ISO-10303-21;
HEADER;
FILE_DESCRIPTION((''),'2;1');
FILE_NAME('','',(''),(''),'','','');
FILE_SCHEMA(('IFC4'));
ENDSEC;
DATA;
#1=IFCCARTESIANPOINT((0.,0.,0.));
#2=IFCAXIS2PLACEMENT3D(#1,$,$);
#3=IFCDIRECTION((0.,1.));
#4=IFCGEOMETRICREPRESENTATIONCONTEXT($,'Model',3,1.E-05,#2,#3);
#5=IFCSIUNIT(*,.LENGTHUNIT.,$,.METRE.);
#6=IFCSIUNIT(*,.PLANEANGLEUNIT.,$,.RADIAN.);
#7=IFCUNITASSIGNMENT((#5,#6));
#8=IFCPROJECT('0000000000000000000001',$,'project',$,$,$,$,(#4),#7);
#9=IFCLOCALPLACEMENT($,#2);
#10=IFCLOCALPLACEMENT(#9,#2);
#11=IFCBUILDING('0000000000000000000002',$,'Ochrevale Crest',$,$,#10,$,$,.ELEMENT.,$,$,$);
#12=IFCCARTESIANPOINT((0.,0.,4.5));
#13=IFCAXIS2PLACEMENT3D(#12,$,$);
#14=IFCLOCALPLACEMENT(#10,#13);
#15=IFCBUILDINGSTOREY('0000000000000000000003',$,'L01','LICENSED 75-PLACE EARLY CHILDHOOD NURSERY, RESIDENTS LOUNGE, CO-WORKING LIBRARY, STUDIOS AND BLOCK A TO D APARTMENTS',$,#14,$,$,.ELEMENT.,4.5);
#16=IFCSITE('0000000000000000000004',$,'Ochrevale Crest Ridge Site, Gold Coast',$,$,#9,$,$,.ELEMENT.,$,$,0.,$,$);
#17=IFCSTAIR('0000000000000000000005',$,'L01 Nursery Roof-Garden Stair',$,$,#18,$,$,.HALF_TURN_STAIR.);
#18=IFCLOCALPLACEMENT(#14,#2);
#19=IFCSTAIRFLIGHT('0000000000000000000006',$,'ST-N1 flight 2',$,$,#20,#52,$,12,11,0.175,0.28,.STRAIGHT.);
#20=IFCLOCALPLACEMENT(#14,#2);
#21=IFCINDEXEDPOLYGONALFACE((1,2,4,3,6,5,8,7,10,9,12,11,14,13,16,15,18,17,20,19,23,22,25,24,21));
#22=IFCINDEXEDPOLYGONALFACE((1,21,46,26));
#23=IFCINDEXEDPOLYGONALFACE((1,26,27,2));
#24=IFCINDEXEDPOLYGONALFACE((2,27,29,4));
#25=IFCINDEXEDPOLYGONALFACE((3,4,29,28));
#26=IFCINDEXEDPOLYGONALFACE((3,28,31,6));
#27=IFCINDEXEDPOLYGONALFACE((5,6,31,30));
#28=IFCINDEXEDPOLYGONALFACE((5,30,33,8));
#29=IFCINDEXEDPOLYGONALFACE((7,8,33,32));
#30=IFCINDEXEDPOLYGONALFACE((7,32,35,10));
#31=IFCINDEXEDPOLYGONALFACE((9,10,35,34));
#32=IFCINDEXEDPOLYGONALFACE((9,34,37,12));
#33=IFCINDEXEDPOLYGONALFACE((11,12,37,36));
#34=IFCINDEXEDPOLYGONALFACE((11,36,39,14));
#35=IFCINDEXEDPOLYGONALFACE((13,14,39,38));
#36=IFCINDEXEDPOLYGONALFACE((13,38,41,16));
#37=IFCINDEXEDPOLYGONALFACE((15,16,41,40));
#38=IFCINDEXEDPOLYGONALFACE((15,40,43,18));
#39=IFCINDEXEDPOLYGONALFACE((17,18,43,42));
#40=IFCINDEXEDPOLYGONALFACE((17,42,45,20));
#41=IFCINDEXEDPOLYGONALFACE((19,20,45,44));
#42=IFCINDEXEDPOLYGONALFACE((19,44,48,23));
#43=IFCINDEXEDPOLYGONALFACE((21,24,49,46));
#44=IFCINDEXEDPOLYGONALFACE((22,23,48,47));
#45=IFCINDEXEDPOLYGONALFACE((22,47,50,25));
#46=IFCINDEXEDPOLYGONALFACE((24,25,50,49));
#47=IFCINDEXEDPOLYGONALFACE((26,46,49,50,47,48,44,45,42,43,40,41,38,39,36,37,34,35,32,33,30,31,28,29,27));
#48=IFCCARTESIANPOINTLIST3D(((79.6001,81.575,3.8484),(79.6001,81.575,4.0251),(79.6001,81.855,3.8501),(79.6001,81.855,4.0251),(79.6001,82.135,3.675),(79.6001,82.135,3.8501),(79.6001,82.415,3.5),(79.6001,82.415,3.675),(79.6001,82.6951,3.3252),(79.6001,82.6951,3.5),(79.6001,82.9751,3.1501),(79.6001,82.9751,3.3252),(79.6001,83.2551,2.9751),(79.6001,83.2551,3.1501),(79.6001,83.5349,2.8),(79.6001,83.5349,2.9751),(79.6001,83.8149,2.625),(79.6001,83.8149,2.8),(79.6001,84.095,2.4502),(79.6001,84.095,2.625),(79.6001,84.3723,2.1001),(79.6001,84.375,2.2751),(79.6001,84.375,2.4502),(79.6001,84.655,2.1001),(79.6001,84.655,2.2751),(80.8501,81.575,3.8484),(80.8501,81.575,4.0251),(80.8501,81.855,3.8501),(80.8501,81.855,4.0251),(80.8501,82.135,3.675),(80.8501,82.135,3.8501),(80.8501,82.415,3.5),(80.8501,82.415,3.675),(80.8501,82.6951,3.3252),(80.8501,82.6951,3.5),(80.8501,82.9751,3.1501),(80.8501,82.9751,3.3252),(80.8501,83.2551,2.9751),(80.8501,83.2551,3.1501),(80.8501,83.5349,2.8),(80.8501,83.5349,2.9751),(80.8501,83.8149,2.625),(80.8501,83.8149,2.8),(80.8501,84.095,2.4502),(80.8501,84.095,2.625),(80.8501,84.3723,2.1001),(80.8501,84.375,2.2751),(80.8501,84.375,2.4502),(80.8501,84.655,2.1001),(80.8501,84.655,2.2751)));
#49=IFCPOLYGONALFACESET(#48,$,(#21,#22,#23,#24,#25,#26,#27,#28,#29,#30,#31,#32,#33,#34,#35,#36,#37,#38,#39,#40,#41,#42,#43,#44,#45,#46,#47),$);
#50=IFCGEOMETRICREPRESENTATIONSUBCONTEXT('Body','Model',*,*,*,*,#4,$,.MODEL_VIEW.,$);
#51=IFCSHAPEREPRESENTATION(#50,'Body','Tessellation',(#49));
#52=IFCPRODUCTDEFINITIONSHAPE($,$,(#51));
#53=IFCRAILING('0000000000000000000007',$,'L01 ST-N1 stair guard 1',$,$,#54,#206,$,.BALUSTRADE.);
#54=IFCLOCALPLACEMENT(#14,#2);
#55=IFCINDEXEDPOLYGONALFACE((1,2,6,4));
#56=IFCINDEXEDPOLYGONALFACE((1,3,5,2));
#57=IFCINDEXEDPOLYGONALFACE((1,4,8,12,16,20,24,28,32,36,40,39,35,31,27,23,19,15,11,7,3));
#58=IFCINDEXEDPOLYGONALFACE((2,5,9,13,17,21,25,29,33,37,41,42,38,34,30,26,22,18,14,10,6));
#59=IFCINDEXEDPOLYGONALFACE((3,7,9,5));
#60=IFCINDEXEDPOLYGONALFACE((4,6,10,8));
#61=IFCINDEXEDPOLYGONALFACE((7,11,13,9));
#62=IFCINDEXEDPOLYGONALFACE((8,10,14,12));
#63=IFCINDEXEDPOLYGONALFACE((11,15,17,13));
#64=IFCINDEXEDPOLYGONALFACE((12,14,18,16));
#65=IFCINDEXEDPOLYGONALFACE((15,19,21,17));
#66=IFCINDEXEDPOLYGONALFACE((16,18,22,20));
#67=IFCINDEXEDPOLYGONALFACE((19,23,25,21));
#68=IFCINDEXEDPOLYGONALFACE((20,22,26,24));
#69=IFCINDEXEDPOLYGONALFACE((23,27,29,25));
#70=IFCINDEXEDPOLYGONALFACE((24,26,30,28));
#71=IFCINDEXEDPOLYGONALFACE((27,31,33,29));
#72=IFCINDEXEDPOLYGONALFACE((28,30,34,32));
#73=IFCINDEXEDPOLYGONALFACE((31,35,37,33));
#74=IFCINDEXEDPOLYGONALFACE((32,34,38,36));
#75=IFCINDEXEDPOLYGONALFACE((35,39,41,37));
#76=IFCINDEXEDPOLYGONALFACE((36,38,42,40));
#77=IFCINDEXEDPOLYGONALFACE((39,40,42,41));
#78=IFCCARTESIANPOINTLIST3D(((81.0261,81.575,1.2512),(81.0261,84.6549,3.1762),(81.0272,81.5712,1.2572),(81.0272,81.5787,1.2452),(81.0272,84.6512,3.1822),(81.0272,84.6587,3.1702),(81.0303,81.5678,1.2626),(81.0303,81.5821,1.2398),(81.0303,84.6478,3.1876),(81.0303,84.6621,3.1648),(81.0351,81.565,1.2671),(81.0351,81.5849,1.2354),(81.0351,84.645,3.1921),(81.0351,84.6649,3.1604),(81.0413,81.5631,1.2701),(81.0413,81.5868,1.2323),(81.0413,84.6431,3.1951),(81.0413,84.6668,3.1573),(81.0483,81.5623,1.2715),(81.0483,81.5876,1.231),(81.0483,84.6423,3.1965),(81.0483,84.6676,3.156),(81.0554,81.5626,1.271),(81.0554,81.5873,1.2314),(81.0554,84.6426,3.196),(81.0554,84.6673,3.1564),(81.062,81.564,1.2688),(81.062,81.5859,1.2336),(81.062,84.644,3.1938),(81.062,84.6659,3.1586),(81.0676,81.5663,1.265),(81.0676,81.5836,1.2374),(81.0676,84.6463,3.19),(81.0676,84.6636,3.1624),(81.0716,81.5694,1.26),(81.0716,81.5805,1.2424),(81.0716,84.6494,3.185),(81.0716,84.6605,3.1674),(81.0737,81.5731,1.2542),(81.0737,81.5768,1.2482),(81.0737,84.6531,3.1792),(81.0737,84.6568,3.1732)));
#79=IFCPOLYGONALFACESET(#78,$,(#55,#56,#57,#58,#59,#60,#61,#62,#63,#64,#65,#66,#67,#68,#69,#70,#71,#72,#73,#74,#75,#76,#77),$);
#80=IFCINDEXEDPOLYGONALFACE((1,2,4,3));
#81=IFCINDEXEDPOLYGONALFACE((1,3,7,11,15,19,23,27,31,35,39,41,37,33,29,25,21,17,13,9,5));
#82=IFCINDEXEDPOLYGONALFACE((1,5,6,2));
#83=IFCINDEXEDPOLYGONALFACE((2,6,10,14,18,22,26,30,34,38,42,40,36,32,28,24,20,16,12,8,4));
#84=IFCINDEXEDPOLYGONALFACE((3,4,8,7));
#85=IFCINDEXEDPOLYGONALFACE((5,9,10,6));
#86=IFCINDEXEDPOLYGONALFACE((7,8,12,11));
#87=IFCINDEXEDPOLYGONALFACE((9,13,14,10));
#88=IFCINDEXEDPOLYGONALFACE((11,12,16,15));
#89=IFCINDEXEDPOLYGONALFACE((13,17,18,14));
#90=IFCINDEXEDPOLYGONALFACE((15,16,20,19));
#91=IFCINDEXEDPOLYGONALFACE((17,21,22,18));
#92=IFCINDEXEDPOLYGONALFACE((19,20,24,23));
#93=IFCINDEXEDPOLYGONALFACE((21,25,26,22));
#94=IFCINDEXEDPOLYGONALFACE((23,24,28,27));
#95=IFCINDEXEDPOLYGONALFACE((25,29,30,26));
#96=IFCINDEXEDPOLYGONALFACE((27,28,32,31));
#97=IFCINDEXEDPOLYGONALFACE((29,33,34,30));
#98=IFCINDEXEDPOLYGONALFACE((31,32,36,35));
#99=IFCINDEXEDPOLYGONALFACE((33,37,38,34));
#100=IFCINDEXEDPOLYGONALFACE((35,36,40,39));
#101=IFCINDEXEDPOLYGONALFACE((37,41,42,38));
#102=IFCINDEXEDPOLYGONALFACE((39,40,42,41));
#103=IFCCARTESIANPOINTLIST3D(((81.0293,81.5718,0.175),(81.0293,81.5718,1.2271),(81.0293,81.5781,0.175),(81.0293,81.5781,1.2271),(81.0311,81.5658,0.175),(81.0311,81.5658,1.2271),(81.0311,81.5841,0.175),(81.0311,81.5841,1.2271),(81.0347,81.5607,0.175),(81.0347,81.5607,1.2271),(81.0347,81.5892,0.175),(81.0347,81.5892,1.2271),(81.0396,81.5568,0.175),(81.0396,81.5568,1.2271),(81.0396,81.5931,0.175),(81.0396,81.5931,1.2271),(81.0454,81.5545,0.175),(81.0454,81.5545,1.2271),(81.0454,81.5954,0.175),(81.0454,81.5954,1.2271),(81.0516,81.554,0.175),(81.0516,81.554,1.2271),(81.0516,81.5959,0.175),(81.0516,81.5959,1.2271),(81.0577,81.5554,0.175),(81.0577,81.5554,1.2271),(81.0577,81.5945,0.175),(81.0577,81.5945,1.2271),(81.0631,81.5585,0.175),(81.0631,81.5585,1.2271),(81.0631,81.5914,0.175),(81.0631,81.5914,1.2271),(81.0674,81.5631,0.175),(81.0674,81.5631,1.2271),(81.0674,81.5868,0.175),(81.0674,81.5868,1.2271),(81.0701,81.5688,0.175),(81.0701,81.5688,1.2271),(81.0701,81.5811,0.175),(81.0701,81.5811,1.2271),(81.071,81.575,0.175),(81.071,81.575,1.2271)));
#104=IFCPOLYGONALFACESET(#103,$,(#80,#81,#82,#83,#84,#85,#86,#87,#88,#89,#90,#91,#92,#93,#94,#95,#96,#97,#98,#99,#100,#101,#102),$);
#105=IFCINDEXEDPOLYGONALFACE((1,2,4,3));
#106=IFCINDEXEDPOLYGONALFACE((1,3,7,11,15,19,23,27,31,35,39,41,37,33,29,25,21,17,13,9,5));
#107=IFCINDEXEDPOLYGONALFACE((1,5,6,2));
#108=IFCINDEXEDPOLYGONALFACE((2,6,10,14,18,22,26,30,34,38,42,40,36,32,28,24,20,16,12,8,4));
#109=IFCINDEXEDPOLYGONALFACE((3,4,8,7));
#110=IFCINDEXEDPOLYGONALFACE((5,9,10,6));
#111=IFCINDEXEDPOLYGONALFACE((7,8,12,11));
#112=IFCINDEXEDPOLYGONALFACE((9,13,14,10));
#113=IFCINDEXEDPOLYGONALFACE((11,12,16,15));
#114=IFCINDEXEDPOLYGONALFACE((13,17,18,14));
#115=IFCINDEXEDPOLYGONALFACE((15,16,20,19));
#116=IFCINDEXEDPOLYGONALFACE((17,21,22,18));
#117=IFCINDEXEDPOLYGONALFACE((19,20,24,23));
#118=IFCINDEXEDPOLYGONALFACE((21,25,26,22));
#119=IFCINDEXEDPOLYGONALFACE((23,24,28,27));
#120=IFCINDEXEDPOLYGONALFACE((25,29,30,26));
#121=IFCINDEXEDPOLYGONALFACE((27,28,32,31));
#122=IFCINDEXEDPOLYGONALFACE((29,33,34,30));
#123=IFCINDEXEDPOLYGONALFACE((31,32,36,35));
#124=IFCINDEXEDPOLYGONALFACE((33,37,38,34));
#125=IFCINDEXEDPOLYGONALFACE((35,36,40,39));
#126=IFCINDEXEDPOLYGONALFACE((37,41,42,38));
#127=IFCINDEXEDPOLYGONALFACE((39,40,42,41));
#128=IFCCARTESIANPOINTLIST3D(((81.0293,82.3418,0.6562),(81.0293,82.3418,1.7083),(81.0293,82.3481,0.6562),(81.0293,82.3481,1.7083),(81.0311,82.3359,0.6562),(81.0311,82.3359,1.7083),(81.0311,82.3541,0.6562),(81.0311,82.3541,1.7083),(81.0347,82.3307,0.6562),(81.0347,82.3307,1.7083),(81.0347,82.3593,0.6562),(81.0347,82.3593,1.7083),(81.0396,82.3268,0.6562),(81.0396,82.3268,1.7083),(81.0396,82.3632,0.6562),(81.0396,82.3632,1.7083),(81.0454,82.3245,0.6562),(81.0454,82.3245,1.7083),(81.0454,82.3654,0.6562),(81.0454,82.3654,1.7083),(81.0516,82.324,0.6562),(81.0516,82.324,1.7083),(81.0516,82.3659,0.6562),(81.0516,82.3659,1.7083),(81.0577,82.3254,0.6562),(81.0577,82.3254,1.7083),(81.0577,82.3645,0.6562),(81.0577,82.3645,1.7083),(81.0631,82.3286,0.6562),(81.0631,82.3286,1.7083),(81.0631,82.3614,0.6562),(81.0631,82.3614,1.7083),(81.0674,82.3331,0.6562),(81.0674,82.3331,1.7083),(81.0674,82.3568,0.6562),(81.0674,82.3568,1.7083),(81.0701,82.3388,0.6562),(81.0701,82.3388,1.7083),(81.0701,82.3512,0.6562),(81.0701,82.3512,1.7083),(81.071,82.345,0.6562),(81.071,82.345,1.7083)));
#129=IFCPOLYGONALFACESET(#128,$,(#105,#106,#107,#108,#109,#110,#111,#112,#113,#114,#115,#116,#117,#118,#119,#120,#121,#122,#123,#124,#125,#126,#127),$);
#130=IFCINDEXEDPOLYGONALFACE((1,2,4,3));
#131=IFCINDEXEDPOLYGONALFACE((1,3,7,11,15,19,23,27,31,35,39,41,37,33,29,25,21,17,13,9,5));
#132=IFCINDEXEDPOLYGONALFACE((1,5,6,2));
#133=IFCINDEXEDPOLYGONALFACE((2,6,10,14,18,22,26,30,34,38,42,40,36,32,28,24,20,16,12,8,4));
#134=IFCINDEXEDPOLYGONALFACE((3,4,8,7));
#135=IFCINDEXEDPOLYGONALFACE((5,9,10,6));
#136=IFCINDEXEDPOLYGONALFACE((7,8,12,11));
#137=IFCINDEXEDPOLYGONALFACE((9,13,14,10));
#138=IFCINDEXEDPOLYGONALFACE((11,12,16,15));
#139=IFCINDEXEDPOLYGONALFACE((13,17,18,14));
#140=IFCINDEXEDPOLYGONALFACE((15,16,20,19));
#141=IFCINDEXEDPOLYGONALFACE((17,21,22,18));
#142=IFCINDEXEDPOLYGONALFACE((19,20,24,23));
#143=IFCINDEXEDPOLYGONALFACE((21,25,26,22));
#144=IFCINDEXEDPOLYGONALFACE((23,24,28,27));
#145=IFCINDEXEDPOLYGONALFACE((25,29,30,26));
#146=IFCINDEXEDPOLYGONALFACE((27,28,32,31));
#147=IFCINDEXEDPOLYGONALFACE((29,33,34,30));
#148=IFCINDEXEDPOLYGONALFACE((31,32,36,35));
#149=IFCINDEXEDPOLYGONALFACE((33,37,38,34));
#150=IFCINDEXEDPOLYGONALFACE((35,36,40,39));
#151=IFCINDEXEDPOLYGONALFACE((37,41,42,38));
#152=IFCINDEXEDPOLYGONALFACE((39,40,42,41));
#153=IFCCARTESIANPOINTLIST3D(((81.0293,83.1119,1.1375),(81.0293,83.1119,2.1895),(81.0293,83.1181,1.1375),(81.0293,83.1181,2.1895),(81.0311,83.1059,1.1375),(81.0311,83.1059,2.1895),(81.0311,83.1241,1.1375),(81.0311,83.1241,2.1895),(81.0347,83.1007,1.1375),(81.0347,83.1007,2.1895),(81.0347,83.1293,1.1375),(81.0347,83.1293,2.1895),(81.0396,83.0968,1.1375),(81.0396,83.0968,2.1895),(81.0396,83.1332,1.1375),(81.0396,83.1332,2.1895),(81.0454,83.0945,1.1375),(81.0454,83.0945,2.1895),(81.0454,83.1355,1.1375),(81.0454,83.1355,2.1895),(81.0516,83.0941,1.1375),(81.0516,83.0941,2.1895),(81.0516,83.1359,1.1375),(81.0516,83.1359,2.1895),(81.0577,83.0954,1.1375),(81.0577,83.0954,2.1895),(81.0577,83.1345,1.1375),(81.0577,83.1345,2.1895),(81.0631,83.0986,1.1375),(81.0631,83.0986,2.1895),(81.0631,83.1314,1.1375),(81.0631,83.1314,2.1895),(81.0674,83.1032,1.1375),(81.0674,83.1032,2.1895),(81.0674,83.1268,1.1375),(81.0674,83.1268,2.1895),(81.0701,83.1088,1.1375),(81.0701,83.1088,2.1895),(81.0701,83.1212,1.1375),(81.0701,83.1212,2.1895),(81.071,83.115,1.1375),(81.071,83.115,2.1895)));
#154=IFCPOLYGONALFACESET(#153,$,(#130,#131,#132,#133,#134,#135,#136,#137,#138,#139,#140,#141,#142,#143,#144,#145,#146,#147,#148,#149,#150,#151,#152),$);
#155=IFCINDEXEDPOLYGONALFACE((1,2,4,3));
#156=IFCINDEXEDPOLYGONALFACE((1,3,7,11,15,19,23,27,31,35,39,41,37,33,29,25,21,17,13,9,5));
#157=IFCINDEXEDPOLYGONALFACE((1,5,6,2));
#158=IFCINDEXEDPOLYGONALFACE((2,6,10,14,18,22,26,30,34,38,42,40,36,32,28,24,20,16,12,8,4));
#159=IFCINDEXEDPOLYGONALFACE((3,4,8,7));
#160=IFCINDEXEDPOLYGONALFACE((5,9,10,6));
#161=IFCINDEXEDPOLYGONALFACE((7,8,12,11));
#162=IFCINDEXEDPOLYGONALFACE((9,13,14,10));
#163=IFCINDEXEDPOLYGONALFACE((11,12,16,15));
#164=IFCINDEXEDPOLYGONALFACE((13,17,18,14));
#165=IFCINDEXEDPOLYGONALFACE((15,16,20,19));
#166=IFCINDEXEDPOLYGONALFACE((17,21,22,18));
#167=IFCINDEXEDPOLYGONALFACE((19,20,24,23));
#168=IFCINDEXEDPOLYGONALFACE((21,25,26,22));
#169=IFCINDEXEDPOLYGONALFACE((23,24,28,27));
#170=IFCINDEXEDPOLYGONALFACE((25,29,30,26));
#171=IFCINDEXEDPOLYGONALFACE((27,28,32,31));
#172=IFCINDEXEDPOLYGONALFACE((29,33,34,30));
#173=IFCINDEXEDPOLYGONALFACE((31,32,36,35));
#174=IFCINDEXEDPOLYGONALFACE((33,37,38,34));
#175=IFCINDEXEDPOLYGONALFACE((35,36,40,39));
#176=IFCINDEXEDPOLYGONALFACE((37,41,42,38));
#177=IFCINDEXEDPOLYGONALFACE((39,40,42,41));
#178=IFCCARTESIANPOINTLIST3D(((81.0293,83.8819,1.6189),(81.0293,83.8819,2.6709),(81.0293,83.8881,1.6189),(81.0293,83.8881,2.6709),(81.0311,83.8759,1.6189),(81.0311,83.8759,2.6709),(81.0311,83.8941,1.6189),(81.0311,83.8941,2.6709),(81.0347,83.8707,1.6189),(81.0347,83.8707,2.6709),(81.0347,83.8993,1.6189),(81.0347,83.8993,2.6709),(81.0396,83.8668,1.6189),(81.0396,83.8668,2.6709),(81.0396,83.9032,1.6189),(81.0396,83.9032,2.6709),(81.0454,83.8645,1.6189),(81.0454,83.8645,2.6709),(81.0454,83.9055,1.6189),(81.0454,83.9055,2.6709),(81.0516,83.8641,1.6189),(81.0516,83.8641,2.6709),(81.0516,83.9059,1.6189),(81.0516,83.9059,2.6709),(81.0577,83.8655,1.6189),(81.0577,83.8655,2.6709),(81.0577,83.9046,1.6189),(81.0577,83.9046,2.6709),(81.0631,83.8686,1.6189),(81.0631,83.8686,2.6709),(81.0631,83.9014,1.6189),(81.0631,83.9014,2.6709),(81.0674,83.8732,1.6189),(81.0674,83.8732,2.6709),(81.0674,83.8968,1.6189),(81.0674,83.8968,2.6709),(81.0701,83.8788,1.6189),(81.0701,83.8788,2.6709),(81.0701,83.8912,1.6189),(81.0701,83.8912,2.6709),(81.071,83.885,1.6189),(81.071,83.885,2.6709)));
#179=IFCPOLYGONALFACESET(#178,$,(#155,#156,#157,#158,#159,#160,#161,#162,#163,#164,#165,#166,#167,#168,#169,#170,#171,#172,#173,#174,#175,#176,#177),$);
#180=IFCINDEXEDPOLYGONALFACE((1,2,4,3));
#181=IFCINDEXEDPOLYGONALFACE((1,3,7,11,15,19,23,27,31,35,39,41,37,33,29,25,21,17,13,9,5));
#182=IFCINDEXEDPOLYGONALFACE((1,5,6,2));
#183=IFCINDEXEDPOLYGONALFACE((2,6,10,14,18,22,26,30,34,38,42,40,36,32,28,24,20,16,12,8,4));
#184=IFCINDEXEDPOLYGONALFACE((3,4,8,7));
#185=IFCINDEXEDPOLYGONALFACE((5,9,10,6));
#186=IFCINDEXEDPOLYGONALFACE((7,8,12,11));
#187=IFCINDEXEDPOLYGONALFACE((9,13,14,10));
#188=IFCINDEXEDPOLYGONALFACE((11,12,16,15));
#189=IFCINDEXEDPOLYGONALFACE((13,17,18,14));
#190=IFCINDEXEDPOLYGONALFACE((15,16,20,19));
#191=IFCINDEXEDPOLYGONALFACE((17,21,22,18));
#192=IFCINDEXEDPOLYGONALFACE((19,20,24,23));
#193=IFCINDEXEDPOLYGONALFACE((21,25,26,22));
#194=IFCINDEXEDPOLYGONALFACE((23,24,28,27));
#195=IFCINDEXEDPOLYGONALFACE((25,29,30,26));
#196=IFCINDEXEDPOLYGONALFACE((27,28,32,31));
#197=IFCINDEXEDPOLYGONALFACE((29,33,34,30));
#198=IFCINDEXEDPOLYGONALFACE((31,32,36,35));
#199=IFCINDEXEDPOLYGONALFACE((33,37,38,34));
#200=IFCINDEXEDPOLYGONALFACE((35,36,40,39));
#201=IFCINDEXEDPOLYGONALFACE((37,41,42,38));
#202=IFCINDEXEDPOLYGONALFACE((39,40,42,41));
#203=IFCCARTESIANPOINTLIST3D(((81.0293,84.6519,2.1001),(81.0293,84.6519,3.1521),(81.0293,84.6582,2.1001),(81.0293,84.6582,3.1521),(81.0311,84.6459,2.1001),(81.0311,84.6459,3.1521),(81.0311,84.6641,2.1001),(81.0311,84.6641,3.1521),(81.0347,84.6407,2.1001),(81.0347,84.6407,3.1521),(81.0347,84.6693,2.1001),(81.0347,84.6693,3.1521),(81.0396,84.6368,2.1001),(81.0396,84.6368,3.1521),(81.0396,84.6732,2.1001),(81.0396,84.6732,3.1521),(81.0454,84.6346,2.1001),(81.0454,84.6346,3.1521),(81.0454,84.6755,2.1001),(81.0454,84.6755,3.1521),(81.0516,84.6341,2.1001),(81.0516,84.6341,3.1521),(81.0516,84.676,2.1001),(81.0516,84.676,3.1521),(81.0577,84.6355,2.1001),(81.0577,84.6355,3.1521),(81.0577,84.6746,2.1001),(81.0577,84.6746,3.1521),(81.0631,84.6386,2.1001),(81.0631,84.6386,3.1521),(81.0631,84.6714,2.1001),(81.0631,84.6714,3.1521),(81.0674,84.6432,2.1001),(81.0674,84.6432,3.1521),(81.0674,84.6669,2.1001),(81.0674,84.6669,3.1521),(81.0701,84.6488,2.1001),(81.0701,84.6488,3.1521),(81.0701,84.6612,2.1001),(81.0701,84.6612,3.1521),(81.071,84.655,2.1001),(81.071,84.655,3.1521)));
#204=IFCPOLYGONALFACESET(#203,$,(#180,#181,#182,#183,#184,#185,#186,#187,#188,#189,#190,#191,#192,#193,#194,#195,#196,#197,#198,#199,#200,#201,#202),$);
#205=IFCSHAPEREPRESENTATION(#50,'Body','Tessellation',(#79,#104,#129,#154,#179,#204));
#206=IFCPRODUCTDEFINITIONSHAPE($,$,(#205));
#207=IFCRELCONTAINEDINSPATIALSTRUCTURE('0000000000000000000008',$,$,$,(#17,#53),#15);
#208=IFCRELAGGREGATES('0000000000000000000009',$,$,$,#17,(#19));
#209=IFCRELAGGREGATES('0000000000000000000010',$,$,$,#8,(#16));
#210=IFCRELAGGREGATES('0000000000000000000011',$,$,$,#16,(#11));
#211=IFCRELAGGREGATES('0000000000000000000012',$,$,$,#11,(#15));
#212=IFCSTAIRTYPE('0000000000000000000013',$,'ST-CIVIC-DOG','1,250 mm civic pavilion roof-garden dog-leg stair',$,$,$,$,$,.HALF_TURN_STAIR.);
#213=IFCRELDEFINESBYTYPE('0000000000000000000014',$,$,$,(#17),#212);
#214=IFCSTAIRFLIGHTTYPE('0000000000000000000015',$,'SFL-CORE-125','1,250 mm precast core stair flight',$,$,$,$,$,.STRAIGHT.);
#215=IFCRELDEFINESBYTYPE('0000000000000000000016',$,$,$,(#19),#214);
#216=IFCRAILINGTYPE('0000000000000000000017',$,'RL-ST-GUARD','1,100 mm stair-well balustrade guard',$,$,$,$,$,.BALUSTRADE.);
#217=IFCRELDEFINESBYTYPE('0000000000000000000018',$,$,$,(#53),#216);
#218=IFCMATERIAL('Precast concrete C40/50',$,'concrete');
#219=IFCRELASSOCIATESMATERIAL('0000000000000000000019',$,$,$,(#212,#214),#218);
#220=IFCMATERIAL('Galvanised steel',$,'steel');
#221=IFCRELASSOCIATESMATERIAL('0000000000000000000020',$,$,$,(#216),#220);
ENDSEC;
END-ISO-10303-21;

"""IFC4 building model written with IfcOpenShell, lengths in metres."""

from ifc_helpers import new_model, si_unit, direction, frame, origin, origin_2d, place, context, subcontext, project, spatial, polyline, circle, outline, extrude, material, type_object, element, aggregate, save


model = new_model("IFC4")

# Units and contexts
model_context = context("Model", 3, precision=1e-05, world=origin(), true_north=direction((0.0, 1.0)))
body_context = subcontext(model_context, "Body", "Model", "MODEL_VIEW")
ifc_project = project(units=[si_unit("LENGTHUNIT", "METRE"), si_unit("PLANEANGLEUNIT", "RADIAN")], contexts=[model_context])

# Site, building, storey
site_placement = place(None, origin())
site = spatial("IfcSite", under=ifc_project, at=site_placement, Name="Ochrevale Crest Ridge Site, Gold Coast", CompositionType="ELEMENT", RefElevation=0.0)
building_placement = place(site_placement, origin())
building = spatial("IfcBuilding", under=site, at=building_placement, Name="Ochrevale Crest", CompositionType="ELEMENT")
storey_placement = place(building_placement, frame((0.0, 0.0, 4.5)))
storey = spatial("IfcBuildingStorey", under=building, at=storey_placement, Name="L01", Description="LICENSED 75-PLACE EARLY CHILDHOOD NURSERY, RESIDENTS LOUNGE, CO-WORKING LIBRARY, STUDIOS AND BLOCK A TO D APARTMENTS", CompositionType="ELEMENT", Elevation=4.5)

# Stair, stair flight
ifc_material_1 = material(Name="Precast concrete C40/50", Category="concrete")
stair_type = type_object("IfcStairType", Name="ST-CIVIC-DOG", Description="1,250 mm civic pavilion roof-garden dog-leg stair", PredefinedType="HALF_TURN_STAIR", material=ifc_material_1)
stair_placement = place(storey_placement, origin())
stair = element("IfcStair", 1, at=stair_placement, inside=storey, type_object=stair_type, Name="L01 Nursery Roof-Garden Stair", PredefinedType="HALF_TURN_STAIR")
stair_flight_type = type_object("IfcStairFlightType", Name="SFL-CORE-125", Description="1,250 mm precast core stair flight", PredefinedType="STRAIGHT", material=ifc_material_1)
stair_flight_1_placement = place(storey_placement, frame((80.2251, 84.655, 2.1001), z_axis=(0.0, 0.0, 1.0), x_axis=(0.0, -1.0, 0.0)))
stair_flight_1 = element("IfcStairFlight", 2, at=stair_flight_1_placement, type_object=stair_flight_type, Name="ST-N1 flight 2", NumberOfRisers=12, NumberOfTreads=11, PredefinedType="STRAIGHT", RiserHeight=0.175, TreadLength=0.28, context=body_context, shape_type="SweptSolid", body=[
    extrude(outline(polyline([(0.0, 0.0), (0.0, 0.175), (0.28, 0.175), (0.28, 0.3501), (0.5601, 0.3501), (0.5601, 0.5249), (0.8401, 0.5249), (0.8401, 0.7), (1.1201, 0.7), (1.1201, 0.875), (1.3999, 0.875), (1.3999, 1.05), (1.6799, 1.05), (1.6799, 1.2251), (1.96, 1.2251), (1.96, 1.3999), (2.24, 1.3999), (2.24, 1.575), (2.52, 1.575), (2.52, 1.75), (2.8, 1.75), (2.8, 1.925), (3.0801, 1.925), (3.0801, 2.1001), (3.0801, 1.7483), (0.2827, 0.0), (0.0, 0.0)])), frame((0.0, 0.625, 0.0), z_axis=(0.0, -1.0, 0.0), x_axis=(1.0, 0.0, 0.0)), (0.0, 0.0, 1.0), 1.25),
])
aggregate(stair, [stair_flight_1])

# Railing
ifc_material_2 = material(Name="Galvanised steel", Category="steel")
railing_type_1 = type_object("IfcRailingType", Name="RL-ST-GUARD", Description="1,100 mm stair-well balustrade guard", PredefinedType="BALUSTRADE", material=ifc_material_2)
railing_1_placement = place(storey_placement, frame((81.05, 81.575, 0.175)))
element("IfcRailing", 3, at=railing_1_placement, inside=storey, type_object=railing_type_1, Name="L01 ST-N1 stair guard 1", PredefinedType="BALUSTRADE", context=body_context, shape_type="SweptSolid", body=[
    extrude(circle(Radius=0.0239, at=origin_2d()), frame((0.0, 0.0, 1.0762), z_axis=(0.0, 0.847998, 0.529999), x_axis=(-1.0, 0.0, 0.0)), (0.0, 0.0, 1.0), 3.6321),
    extrude(circle(Radius=0.021, at=origin_2d()), origin(), (0.0, 0.0, 1.0), 1.052),
    extrude(circle(Radius=0.021, at=origin_2d()), frame((0.0, 0.77, 0.4812)), (0.0, 0.0, 1.0), 1.052),
    extrude(circle(Radius=0.021, at=origin_2d()), frame((0.0, 1.54, 0.9624)), (0.0, 0.0, 1.0), 1.052),
    extrude(circle(Radius=0.021, at=origin_2d()), frame((0.0, 2.3101, 1.4438)), (0.0, 0.0, 1.0), 1.052),
    extrude(circle(Radius=0.021, at=origin_2d()), frame((0.0, 3.0801, 1.925)), (0.0, 0.0, 1.0), 1.052),
])

save(model, "model.ifc")
